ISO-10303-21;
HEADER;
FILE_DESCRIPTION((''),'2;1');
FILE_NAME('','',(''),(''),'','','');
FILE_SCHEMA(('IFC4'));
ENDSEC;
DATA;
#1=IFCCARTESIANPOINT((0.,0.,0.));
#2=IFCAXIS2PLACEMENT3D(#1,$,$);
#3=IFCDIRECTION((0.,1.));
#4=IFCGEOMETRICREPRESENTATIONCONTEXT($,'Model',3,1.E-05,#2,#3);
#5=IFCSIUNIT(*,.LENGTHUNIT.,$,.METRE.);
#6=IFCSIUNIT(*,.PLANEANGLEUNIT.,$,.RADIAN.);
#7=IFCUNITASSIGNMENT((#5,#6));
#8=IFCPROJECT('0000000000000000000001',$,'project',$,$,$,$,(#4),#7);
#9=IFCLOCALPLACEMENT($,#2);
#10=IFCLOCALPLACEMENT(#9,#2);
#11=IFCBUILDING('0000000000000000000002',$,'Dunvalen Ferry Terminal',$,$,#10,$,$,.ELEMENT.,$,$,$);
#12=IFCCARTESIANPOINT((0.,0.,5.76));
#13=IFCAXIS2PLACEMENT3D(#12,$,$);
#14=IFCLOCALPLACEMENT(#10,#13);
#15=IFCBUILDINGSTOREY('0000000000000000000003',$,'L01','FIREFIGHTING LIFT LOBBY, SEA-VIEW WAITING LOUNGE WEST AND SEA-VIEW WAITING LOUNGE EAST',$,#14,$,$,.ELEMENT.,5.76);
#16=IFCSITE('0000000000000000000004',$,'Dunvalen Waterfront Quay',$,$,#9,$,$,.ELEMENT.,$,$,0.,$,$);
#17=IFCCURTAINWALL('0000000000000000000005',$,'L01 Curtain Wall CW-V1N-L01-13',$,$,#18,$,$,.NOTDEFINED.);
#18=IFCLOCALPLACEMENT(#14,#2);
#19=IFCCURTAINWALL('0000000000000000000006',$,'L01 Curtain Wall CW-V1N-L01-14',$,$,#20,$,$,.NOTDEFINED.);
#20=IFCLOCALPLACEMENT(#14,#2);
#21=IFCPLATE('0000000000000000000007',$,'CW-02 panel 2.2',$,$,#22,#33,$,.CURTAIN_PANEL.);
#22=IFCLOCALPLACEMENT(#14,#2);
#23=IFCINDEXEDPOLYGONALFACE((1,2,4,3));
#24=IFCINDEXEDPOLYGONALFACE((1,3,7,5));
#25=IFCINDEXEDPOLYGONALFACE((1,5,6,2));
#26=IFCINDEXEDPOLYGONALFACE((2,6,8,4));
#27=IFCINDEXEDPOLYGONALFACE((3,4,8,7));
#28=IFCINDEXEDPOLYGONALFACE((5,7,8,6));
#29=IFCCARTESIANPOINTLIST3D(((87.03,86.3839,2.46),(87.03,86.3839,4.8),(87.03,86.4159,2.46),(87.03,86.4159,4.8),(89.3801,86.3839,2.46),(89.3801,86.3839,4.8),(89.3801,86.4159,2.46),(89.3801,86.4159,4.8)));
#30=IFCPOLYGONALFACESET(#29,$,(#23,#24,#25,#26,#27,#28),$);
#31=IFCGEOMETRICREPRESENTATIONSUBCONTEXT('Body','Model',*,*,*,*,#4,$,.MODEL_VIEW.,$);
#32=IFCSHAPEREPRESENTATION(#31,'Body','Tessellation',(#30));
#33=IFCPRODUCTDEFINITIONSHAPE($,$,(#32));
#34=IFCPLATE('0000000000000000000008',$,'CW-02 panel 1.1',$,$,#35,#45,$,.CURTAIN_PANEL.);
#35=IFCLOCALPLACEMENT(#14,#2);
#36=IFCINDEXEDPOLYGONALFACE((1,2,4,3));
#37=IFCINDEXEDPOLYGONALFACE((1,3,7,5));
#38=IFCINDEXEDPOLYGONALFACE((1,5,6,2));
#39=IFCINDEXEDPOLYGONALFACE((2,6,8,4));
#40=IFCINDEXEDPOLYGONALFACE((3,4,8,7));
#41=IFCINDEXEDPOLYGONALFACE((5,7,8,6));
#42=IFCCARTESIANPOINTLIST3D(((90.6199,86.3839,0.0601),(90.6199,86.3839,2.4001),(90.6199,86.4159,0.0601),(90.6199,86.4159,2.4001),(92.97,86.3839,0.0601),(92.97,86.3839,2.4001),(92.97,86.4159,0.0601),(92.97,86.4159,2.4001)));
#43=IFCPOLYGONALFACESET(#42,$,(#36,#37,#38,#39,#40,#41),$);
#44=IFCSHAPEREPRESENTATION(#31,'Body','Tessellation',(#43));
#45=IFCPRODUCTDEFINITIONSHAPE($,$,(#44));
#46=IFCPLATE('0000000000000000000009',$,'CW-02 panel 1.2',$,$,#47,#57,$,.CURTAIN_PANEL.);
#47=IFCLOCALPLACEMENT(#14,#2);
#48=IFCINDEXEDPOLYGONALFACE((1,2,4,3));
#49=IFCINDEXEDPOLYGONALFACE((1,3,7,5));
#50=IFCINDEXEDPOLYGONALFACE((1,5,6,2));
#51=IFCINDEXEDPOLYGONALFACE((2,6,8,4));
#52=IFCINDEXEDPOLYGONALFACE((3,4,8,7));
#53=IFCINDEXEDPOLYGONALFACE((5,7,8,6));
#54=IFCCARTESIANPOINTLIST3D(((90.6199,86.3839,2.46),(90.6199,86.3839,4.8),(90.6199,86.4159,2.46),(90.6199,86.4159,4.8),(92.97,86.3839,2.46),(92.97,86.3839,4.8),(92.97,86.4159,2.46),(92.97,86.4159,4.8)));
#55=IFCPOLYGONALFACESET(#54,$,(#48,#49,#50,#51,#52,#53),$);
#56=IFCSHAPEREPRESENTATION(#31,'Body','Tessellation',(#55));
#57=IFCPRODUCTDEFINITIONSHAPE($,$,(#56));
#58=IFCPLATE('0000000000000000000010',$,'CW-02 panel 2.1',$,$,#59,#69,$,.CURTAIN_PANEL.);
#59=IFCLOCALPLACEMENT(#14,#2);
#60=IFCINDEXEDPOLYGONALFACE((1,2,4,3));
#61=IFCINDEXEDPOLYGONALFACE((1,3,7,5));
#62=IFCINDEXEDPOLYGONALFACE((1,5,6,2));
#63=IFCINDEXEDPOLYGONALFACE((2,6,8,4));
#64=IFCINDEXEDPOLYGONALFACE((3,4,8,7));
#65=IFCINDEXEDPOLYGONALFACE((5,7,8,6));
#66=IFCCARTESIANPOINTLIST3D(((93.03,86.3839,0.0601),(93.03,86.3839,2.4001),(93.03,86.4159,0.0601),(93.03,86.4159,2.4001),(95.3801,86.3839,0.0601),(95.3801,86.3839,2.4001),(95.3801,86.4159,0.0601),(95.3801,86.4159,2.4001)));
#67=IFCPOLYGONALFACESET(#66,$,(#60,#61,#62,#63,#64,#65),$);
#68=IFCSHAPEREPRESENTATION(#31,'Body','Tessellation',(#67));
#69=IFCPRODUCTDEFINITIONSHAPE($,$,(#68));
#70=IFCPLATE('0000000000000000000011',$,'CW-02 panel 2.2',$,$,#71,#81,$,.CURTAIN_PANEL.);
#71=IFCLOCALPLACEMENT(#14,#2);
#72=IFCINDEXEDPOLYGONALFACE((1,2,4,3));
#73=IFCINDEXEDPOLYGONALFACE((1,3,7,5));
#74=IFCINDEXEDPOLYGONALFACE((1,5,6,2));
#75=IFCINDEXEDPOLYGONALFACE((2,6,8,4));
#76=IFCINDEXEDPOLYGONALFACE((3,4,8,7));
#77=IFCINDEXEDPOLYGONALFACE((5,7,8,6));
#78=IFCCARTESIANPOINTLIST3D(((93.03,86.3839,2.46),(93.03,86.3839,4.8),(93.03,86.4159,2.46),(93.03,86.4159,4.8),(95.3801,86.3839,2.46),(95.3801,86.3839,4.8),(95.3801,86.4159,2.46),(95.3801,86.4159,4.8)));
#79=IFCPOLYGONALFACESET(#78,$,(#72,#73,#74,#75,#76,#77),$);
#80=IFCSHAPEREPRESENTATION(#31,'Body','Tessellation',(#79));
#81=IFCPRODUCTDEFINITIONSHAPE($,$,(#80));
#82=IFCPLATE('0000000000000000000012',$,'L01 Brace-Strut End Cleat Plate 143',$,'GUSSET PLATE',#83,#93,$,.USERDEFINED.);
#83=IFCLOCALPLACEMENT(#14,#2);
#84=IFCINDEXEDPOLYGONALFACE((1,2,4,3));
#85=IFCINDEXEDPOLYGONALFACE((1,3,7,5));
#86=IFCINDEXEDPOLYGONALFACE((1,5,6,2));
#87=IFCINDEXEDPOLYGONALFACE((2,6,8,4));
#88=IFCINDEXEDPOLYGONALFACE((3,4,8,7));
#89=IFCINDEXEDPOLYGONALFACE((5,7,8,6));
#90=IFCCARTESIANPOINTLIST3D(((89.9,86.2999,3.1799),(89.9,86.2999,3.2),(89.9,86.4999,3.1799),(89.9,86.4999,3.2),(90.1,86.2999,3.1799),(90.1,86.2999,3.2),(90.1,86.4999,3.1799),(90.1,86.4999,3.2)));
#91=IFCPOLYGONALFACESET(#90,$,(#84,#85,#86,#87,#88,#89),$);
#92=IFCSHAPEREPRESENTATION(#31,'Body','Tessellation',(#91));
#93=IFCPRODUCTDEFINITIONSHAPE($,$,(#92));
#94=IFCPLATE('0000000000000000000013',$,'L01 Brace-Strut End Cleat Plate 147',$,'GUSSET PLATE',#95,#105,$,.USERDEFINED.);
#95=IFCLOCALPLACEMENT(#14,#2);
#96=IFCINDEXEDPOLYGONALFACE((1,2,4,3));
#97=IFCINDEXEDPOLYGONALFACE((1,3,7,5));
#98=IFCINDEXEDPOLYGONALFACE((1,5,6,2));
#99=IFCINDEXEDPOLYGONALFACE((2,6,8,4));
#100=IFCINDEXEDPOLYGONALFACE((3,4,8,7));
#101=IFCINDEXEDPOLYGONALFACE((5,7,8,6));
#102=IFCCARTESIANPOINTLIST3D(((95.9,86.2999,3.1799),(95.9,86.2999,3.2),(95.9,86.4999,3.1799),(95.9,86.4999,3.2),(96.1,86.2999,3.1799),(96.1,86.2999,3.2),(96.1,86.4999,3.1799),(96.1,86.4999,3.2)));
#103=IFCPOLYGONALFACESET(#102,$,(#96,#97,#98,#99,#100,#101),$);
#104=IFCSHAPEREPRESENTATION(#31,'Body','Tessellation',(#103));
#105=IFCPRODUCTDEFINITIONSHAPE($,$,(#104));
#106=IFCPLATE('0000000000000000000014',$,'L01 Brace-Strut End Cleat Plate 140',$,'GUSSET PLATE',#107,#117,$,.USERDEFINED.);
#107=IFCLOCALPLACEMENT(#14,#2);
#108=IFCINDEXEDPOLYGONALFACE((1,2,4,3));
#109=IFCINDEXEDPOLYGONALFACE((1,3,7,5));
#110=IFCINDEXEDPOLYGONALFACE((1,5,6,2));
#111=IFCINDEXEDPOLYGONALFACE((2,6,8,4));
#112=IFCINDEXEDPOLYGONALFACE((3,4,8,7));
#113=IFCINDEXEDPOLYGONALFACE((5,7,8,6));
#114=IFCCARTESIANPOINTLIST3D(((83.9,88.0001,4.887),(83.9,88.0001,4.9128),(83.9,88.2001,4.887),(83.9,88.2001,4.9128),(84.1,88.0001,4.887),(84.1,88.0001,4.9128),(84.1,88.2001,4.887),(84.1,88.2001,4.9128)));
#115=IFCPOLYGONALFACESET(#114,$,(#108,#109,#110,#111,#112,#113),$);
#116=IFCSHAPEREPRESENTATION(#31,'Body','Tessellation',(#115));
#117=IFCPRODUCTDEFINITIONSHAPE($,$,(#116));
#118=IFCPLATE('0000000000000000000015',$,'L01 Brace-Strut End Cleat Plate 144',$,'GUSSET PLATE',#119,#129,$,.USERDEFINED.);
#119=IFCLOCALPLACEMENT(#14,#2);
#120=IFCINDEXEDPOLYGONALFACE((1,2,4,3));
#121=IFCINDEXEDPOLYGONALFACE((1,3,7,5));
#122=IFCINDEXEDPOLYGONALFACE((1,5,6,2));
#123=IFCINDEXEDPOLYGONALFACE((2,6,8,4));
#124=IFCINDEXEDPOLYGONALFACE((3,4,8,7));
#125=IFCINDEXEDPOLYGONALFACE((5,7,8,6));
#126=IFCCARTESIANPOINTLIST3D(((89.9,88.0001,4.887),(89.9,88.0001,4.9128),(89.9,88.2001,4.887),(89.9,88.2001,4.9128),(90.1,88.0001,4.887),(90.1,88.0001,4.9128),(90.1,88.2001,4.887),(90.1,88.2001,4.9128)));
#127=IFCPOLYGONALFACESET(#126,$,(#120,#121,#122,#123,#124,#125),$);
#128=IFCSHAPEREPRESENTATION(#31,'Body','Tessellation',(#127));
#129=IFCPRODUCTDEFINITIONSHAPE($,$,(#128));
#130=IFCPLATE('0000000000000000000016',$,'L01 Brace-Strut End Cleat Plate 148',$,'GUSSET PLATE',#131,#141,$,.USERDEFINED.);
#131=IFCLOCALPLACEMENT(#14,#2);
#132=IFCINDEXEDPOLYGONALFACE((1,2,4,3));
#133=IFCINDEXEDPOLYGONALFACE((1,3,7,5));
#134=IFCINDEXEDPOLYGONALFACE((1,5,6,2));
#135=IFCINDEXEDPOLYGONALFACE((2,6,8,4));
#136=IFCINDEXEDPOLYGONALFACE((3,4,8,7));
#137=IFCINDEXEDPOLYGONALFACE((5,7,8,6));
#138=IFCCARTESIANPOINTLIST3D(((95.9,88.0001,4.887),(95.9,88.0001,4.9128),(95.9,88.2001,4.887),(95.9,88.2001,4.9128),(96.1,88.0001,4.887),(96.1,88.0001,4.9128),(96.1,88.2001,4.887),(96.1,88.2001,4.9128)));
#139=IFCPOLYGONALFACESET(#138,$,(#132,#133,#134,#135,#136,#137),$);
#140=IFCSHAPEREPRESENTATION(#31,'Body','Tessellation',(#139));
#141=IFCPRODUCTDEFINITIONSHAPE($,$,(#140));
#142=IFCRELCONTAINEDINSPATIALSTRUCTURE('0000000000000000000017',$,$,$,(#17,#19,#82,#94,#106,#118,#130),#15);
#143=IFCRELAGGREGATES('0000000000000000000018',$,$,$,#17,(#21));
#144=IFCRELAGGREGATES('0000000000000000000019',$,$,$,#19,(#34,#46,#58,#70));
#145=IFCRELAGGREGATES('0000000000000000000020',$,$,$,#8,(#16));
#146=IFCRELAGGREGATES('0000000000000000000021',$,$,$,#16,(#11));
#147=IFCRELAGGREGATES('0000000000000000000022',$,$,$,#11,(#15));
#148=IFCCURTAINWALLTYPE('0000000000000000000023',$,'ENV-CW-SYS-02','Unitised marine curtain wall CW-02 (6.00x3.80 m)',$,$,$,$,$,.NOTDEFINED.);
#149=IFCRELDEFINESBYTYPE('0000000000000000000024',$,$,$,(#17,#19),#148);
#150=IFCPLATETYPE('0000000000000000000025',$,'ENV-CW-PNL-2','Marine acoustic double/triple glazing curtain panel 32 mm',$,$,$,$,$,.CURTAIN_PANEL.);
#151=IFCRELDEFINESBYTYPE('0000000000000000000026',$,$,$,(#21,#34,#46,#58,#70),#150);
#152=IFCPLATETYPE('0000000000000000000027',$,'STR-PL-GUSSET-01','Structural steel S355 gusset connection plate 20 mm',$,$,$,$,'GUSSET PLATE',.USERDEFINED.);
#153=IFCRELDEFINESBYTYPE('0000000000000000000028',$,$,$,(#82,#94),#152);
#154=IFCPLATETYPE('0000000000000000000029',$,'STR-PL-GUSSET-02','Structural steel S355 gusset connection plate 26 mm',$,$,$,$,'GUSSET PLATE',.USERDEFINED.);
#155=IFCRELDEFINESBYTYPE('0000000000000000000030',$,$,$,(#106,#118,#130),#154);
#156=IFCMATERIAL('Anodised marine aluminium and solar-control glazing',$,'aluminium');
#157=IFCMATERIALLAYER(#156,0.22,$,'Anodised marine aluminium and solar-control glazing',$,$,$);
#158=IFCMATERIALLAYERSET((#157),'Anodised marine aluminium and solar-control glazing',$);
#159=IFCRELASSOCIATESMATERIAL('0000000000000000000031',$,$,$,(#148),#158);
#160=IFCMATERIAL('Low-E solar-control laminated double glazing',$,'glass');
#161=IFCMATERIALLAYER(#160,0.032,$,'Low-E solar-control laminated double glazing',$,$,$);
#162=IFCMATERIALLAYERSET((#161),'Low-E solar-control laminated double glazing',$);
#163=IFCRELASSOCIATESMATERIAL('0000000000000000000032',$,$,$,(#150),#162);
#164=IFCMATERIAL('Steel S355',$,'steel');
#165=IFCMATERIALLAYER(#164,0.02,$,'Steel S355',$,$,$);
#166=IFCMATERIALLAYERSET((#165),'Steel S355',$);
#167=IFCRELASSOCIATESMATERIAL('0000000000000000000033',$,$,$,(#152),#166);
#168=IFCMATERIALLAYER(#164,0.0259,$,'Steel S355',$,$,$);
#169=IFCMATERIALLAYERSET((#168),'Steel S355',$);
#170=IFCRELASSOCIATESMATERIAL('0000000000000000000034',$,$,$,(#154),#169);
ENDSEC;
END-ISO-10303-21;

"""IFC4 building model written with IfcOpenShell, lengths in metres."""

from ifc_helpers import new_model, si_unit, direction, frame, origin, origin_2d, place, context, subcontext, project, spatial, rectangle, extrude, material, layer, layer_set, type_object, element, aggregate, save


model = new_model("IFC4")

# Units and contexts
model_context = context("Model", 3, precision=1e-05, world=origin(), true_north=direction((0.0, 1.0)))
body_context = subcontext(model_context, "Body", "Model", "MODEL_VIEW")
ifc_project = project(units=[si_unit("LENGTHUNIT", "METRE"), si_unit("PLANEANGLEUNIT", "RADIAN")], contexts=[model_context])

# Site, building, storey
site_placement = place(None, origin())
site = spatial("IfcSite", under=ifc_project, at=site_placement, Name="Dunvalen Waterfront Quay", CompositionType="ELEMENT", RefElevation=0.0)
building_placement = place(site_placement, origin())
building = spatial("IfcBuilding", under=site, at=building_placement, Name="Dunvalen Ferry Terminal", CompositionType="ELEMENT")
storey_placement = place(building_placement, frame((0.0, 0.0, 5.76)))
storey = spatial("IfcBuildingStorey", under=building, at=storey_placement, Name="L01", Description="FIREFIGHTING LIFT LOBBY, SEA-VIEW WAITING LOUNGE WEST AND SEA-VIEW WAITING LOUNGE EAST", CompositionType="ELEMENT", Elevation=5.76)

# Shared definitions
ifc_material_1 = material(Name="Steel S355", Category="steel")

# Curtain walls
ifc_material_2 = material(Name="Anodised marine aluminium and solar-control glazing", Category="aluminium")
ifc_layer_1 = layer(ifc_material_2, 0.22, Name="Anodised marine aluminium and solar-control glazing")
ifc_layer_set_1 = layer_set([ifc_layer_1], Name="Anodised marine aluminium and solar-control glazing")
curtain_wall_type_1 = type_object("IfcCurtainWallType", Name="ENV-CW-SYS-02", Description="Unitised marine curtain wall CW-02 (6.00x3.80 m)", PredefinedType="NOTDEFINED", material=ifc_layer_set_1)
curtain_wall_1_placement = place(storey_placement, origin())
curtain_wall_1 = element("IfcCurtainWall", 1, at=curtain_wall_1_placement, inside=storey, type_object=curtain_wall_type_1, Name="L01 Curtain Wall CW-V1N-L01-13", PredefinedType="NOTDEFINED")
curtain_wall_2_placement = place(storey_placement, origin())
curtain_wall_2 = element("IfcCurtainWall", 2, at=curtain_wall_2_placement, inside=storey, type_object=curtain_wall_type_1, Name="L01 Curtain Wall CW-V1N-L01-14", PredefinedType="NOTDEFINED")

# Plates
ifc_material_3 = material(Name="Low-E solar-control laminated double glazing", Category="glass")
ifc_layer_2 = layer(ifc_material_3, 0.032, Name="Low-E solar-control laminated double glazing")
ifc_layer_set_2 = layer_set([ifc_layer_2], Name="Low-E solar-control laminated double glazing")
plate_type_1 = type_object("IfcPlateType", Name="ENV-CW-PNL-2", Description="Marine acoustic double/triple glazing curtain panel 32 mm", PredefinedType="CURTAIN_PANEL", material=ifc_layer_set_2)
plate_1_placement = place(storey_placement, frame((88.2051, 86.3999, 2.46), z_axis=(0.0, 0.0, 1.0), x_axis=(1.0, 0.0, 0.0)))
plate_1 = element("IfcPlate", 3, at=plate_1_placement, type_object=plate_type_1, Name="CW-02 panel 2.2", PredefinedType="CURTAIN_PANEL", context=body_context, shape_type="SweptSolid", body=[
    extrude(rectangle(XDim=2.3501, YDim=0.032, at=origin_2d()), origin(), (0.0, 0.0, 1.0), 2.3401),
])
aggregate(curtain_wall_1, [plate_1])
plate_2_placement = place(storey_placement, frame((91.7949, 86.3999, 0.0601), z_axis=(0.0, 0.0, 1.0), x_axis=(1.0, 0.0, 0.0)))
plate_2 = element("IfcPlate", 4, at=plate_2_placement, type_object=plate_type_1, Name="CW-02 panel 1.1", PredefinedType="CURTAIN_PANEL", context=body_context, shape_type="SweptSolid", body=[
    extrude(rectangle(XDim=2.3501, YDim=0.032, at=origin_2d()), origin(), (0.0, 0.0, 1.0), 2.3401),
])
plate_3_placement = place(storey_placement, frame((91.7949, 86.3999, 2.46), z_axis=(0.0, 0.0, 1.0), x_axis=(1.0, 0.0, 0.0)))
plate_3 = element("IfcPlate", 5, at=plate_3_placement, type_object=plate_type_1, Name="CW-02 panel 1.2", PredefinedType="CURTAIN_PANEL", context=body_context, shape_type="SweptSolid", body=[
    extrude(rectangle(XDim=2.3501, YDim=0.032, at=origin_2d()), origin(), (0.0, 0.0, 1.0), 2.3401),
])
plate_4_placement = place(storey_placement, frame((94.2051, 86.3999, 0.0601), z_axis=(0.0, 0.0, 1.0), x_axis=(1.0, 0.0, 0.0)))
plate_4 = element("IfcPlate", 6, at=plate_4_placement, type_object=plate_type_1, Name="CW-02 panel 2.1", PredefinedType="CURTAIN_PANEL", context=body_context, shape_type="SweptSolid", body=[
    extrude(rectangle(XDim=2.3501, YDim=0.032, at=origin_2d()), origin(), (0.0, 0.0, 1.0), 2.3401),
])
plate_5_placement = place(storey_placement, frame((94.2051, 86.3999, 2.46), z_axis=(0.0, 0.0, 1.0), x_axis=(1.0, 0.0, 0.0)))
plate_5 = element("IfcPlate", 7, at=plate_5_placement, type_object=plate_type_1, Name="CW-02 panel 2.2", PredefinedType="CURTAIN_PANEL", context=body_context, shape_type="SweptSolid", body=[
    extrude(rectangle(XDim=2.3501, YDim=0.032, at=origin_2d()), origin(), (0.0, 0.0, 1.0), 2.3401),
])
aggregate(curtain_wall_2, [plate_2, plate_3, plate_4, plate_5])

# Plates
ifc_layer_3 = layer(ifc_material_1, 0.02, Name="Steel S355")
ifc_layer_set_3 = layer_set([ifc_layer_3], Name="Steel S355")
plate_type_2 = type_object("IfcPlateType", Name="STR-PL-GUSSET-01", Description="Structural steel S355 gusset connection plate 20 mm", ElementType="GUSSET PLATE", PredefinedType="USERDEFINED", material=ifc_layer_set_3)
for number, where, z_axis, x_axis, name in (
    (8, (90.0, 86.3999, 3.1799), (0.0, 0.0, 1.0), (1.0, 0.0, 0.0), "L01 Brace-Strut End Cleat Plate 143"),
    (9, (96.0, 86.3999, 3.1799), (0.0, 0.0, 1.0), (1.0, 0.0, 0.0), "L01 Brace-Strut End Cleat Plate 147"),
):
    element("IfcPlate", number, at=place(storey_placement, frame(where, z_axis=z_axis, x_axis=x_axis)), inside=storey, type_object=plate_type_2, Name=name, ObjectType="GUSSET PLATE", PredefinedType="USERDEFINED", context=body_context, shape_type="SweptSolid", body=[
        extrude(rectangle(XDim=0.2, YDim=0.2, at=origin_2d()), origin(), (0.0, 0.0, 1.0), 0.02),
    ])
ifc_layer_4 = layer(ifc_material_1, 0.0259, Name="Steel S355")
ifc_layer_set_4 = layer_set([ifc_layer_4], Name="Steel S355")
plate_type_3 = type_object("IfcPlateType", Name="STR-PL-GUSSET-02", Description="Structural steel S355 gusset connection plate 26 mm", ElementType="GUSSET PLATE", PredefinedType="USERDEFINED", material=ifc_layer_set_4)
for number, where, z_axis, x_axis, name in (
    (10, (84.0, 88.1001, 4.887), (0.0, 0.0, 1.0), (1.0, 0.0, 0.0), "L01 Brace-Strut End Cleat Plate 140"),
    (11, (90.0, 88.1001, 4.887), (0.0, 0.0, 1.0), (1.0, 0.0, 0.0), "L01 Brace-Strut End Cleat Plate 144"),
    (12, (96.0, 88.1001, 4.887), (0.0, 0.0, 1.0), (1.0, 0.0, 0.0), "L01 Brace-Strut End Cleat Plate 148"),
):
    element("IfcPlate", number, at=place(storey_placement, frame(where, z_axis=z_axis, x_axis=x_axis)), inside=storey, type_object=plate_type_3, Name=name, ObjectType="GUSSET PLATE", PredefinedType="USERDEFINED", context=body_context, shape_type="SweptSolid", body=[
        extrude(rectangle(XDim=0.2, YDim=0.2, at=origin_2d()), origin(), (0.0, 0.0, 1.0), 0.0259),
    ])

save(model, "model.ifc")
